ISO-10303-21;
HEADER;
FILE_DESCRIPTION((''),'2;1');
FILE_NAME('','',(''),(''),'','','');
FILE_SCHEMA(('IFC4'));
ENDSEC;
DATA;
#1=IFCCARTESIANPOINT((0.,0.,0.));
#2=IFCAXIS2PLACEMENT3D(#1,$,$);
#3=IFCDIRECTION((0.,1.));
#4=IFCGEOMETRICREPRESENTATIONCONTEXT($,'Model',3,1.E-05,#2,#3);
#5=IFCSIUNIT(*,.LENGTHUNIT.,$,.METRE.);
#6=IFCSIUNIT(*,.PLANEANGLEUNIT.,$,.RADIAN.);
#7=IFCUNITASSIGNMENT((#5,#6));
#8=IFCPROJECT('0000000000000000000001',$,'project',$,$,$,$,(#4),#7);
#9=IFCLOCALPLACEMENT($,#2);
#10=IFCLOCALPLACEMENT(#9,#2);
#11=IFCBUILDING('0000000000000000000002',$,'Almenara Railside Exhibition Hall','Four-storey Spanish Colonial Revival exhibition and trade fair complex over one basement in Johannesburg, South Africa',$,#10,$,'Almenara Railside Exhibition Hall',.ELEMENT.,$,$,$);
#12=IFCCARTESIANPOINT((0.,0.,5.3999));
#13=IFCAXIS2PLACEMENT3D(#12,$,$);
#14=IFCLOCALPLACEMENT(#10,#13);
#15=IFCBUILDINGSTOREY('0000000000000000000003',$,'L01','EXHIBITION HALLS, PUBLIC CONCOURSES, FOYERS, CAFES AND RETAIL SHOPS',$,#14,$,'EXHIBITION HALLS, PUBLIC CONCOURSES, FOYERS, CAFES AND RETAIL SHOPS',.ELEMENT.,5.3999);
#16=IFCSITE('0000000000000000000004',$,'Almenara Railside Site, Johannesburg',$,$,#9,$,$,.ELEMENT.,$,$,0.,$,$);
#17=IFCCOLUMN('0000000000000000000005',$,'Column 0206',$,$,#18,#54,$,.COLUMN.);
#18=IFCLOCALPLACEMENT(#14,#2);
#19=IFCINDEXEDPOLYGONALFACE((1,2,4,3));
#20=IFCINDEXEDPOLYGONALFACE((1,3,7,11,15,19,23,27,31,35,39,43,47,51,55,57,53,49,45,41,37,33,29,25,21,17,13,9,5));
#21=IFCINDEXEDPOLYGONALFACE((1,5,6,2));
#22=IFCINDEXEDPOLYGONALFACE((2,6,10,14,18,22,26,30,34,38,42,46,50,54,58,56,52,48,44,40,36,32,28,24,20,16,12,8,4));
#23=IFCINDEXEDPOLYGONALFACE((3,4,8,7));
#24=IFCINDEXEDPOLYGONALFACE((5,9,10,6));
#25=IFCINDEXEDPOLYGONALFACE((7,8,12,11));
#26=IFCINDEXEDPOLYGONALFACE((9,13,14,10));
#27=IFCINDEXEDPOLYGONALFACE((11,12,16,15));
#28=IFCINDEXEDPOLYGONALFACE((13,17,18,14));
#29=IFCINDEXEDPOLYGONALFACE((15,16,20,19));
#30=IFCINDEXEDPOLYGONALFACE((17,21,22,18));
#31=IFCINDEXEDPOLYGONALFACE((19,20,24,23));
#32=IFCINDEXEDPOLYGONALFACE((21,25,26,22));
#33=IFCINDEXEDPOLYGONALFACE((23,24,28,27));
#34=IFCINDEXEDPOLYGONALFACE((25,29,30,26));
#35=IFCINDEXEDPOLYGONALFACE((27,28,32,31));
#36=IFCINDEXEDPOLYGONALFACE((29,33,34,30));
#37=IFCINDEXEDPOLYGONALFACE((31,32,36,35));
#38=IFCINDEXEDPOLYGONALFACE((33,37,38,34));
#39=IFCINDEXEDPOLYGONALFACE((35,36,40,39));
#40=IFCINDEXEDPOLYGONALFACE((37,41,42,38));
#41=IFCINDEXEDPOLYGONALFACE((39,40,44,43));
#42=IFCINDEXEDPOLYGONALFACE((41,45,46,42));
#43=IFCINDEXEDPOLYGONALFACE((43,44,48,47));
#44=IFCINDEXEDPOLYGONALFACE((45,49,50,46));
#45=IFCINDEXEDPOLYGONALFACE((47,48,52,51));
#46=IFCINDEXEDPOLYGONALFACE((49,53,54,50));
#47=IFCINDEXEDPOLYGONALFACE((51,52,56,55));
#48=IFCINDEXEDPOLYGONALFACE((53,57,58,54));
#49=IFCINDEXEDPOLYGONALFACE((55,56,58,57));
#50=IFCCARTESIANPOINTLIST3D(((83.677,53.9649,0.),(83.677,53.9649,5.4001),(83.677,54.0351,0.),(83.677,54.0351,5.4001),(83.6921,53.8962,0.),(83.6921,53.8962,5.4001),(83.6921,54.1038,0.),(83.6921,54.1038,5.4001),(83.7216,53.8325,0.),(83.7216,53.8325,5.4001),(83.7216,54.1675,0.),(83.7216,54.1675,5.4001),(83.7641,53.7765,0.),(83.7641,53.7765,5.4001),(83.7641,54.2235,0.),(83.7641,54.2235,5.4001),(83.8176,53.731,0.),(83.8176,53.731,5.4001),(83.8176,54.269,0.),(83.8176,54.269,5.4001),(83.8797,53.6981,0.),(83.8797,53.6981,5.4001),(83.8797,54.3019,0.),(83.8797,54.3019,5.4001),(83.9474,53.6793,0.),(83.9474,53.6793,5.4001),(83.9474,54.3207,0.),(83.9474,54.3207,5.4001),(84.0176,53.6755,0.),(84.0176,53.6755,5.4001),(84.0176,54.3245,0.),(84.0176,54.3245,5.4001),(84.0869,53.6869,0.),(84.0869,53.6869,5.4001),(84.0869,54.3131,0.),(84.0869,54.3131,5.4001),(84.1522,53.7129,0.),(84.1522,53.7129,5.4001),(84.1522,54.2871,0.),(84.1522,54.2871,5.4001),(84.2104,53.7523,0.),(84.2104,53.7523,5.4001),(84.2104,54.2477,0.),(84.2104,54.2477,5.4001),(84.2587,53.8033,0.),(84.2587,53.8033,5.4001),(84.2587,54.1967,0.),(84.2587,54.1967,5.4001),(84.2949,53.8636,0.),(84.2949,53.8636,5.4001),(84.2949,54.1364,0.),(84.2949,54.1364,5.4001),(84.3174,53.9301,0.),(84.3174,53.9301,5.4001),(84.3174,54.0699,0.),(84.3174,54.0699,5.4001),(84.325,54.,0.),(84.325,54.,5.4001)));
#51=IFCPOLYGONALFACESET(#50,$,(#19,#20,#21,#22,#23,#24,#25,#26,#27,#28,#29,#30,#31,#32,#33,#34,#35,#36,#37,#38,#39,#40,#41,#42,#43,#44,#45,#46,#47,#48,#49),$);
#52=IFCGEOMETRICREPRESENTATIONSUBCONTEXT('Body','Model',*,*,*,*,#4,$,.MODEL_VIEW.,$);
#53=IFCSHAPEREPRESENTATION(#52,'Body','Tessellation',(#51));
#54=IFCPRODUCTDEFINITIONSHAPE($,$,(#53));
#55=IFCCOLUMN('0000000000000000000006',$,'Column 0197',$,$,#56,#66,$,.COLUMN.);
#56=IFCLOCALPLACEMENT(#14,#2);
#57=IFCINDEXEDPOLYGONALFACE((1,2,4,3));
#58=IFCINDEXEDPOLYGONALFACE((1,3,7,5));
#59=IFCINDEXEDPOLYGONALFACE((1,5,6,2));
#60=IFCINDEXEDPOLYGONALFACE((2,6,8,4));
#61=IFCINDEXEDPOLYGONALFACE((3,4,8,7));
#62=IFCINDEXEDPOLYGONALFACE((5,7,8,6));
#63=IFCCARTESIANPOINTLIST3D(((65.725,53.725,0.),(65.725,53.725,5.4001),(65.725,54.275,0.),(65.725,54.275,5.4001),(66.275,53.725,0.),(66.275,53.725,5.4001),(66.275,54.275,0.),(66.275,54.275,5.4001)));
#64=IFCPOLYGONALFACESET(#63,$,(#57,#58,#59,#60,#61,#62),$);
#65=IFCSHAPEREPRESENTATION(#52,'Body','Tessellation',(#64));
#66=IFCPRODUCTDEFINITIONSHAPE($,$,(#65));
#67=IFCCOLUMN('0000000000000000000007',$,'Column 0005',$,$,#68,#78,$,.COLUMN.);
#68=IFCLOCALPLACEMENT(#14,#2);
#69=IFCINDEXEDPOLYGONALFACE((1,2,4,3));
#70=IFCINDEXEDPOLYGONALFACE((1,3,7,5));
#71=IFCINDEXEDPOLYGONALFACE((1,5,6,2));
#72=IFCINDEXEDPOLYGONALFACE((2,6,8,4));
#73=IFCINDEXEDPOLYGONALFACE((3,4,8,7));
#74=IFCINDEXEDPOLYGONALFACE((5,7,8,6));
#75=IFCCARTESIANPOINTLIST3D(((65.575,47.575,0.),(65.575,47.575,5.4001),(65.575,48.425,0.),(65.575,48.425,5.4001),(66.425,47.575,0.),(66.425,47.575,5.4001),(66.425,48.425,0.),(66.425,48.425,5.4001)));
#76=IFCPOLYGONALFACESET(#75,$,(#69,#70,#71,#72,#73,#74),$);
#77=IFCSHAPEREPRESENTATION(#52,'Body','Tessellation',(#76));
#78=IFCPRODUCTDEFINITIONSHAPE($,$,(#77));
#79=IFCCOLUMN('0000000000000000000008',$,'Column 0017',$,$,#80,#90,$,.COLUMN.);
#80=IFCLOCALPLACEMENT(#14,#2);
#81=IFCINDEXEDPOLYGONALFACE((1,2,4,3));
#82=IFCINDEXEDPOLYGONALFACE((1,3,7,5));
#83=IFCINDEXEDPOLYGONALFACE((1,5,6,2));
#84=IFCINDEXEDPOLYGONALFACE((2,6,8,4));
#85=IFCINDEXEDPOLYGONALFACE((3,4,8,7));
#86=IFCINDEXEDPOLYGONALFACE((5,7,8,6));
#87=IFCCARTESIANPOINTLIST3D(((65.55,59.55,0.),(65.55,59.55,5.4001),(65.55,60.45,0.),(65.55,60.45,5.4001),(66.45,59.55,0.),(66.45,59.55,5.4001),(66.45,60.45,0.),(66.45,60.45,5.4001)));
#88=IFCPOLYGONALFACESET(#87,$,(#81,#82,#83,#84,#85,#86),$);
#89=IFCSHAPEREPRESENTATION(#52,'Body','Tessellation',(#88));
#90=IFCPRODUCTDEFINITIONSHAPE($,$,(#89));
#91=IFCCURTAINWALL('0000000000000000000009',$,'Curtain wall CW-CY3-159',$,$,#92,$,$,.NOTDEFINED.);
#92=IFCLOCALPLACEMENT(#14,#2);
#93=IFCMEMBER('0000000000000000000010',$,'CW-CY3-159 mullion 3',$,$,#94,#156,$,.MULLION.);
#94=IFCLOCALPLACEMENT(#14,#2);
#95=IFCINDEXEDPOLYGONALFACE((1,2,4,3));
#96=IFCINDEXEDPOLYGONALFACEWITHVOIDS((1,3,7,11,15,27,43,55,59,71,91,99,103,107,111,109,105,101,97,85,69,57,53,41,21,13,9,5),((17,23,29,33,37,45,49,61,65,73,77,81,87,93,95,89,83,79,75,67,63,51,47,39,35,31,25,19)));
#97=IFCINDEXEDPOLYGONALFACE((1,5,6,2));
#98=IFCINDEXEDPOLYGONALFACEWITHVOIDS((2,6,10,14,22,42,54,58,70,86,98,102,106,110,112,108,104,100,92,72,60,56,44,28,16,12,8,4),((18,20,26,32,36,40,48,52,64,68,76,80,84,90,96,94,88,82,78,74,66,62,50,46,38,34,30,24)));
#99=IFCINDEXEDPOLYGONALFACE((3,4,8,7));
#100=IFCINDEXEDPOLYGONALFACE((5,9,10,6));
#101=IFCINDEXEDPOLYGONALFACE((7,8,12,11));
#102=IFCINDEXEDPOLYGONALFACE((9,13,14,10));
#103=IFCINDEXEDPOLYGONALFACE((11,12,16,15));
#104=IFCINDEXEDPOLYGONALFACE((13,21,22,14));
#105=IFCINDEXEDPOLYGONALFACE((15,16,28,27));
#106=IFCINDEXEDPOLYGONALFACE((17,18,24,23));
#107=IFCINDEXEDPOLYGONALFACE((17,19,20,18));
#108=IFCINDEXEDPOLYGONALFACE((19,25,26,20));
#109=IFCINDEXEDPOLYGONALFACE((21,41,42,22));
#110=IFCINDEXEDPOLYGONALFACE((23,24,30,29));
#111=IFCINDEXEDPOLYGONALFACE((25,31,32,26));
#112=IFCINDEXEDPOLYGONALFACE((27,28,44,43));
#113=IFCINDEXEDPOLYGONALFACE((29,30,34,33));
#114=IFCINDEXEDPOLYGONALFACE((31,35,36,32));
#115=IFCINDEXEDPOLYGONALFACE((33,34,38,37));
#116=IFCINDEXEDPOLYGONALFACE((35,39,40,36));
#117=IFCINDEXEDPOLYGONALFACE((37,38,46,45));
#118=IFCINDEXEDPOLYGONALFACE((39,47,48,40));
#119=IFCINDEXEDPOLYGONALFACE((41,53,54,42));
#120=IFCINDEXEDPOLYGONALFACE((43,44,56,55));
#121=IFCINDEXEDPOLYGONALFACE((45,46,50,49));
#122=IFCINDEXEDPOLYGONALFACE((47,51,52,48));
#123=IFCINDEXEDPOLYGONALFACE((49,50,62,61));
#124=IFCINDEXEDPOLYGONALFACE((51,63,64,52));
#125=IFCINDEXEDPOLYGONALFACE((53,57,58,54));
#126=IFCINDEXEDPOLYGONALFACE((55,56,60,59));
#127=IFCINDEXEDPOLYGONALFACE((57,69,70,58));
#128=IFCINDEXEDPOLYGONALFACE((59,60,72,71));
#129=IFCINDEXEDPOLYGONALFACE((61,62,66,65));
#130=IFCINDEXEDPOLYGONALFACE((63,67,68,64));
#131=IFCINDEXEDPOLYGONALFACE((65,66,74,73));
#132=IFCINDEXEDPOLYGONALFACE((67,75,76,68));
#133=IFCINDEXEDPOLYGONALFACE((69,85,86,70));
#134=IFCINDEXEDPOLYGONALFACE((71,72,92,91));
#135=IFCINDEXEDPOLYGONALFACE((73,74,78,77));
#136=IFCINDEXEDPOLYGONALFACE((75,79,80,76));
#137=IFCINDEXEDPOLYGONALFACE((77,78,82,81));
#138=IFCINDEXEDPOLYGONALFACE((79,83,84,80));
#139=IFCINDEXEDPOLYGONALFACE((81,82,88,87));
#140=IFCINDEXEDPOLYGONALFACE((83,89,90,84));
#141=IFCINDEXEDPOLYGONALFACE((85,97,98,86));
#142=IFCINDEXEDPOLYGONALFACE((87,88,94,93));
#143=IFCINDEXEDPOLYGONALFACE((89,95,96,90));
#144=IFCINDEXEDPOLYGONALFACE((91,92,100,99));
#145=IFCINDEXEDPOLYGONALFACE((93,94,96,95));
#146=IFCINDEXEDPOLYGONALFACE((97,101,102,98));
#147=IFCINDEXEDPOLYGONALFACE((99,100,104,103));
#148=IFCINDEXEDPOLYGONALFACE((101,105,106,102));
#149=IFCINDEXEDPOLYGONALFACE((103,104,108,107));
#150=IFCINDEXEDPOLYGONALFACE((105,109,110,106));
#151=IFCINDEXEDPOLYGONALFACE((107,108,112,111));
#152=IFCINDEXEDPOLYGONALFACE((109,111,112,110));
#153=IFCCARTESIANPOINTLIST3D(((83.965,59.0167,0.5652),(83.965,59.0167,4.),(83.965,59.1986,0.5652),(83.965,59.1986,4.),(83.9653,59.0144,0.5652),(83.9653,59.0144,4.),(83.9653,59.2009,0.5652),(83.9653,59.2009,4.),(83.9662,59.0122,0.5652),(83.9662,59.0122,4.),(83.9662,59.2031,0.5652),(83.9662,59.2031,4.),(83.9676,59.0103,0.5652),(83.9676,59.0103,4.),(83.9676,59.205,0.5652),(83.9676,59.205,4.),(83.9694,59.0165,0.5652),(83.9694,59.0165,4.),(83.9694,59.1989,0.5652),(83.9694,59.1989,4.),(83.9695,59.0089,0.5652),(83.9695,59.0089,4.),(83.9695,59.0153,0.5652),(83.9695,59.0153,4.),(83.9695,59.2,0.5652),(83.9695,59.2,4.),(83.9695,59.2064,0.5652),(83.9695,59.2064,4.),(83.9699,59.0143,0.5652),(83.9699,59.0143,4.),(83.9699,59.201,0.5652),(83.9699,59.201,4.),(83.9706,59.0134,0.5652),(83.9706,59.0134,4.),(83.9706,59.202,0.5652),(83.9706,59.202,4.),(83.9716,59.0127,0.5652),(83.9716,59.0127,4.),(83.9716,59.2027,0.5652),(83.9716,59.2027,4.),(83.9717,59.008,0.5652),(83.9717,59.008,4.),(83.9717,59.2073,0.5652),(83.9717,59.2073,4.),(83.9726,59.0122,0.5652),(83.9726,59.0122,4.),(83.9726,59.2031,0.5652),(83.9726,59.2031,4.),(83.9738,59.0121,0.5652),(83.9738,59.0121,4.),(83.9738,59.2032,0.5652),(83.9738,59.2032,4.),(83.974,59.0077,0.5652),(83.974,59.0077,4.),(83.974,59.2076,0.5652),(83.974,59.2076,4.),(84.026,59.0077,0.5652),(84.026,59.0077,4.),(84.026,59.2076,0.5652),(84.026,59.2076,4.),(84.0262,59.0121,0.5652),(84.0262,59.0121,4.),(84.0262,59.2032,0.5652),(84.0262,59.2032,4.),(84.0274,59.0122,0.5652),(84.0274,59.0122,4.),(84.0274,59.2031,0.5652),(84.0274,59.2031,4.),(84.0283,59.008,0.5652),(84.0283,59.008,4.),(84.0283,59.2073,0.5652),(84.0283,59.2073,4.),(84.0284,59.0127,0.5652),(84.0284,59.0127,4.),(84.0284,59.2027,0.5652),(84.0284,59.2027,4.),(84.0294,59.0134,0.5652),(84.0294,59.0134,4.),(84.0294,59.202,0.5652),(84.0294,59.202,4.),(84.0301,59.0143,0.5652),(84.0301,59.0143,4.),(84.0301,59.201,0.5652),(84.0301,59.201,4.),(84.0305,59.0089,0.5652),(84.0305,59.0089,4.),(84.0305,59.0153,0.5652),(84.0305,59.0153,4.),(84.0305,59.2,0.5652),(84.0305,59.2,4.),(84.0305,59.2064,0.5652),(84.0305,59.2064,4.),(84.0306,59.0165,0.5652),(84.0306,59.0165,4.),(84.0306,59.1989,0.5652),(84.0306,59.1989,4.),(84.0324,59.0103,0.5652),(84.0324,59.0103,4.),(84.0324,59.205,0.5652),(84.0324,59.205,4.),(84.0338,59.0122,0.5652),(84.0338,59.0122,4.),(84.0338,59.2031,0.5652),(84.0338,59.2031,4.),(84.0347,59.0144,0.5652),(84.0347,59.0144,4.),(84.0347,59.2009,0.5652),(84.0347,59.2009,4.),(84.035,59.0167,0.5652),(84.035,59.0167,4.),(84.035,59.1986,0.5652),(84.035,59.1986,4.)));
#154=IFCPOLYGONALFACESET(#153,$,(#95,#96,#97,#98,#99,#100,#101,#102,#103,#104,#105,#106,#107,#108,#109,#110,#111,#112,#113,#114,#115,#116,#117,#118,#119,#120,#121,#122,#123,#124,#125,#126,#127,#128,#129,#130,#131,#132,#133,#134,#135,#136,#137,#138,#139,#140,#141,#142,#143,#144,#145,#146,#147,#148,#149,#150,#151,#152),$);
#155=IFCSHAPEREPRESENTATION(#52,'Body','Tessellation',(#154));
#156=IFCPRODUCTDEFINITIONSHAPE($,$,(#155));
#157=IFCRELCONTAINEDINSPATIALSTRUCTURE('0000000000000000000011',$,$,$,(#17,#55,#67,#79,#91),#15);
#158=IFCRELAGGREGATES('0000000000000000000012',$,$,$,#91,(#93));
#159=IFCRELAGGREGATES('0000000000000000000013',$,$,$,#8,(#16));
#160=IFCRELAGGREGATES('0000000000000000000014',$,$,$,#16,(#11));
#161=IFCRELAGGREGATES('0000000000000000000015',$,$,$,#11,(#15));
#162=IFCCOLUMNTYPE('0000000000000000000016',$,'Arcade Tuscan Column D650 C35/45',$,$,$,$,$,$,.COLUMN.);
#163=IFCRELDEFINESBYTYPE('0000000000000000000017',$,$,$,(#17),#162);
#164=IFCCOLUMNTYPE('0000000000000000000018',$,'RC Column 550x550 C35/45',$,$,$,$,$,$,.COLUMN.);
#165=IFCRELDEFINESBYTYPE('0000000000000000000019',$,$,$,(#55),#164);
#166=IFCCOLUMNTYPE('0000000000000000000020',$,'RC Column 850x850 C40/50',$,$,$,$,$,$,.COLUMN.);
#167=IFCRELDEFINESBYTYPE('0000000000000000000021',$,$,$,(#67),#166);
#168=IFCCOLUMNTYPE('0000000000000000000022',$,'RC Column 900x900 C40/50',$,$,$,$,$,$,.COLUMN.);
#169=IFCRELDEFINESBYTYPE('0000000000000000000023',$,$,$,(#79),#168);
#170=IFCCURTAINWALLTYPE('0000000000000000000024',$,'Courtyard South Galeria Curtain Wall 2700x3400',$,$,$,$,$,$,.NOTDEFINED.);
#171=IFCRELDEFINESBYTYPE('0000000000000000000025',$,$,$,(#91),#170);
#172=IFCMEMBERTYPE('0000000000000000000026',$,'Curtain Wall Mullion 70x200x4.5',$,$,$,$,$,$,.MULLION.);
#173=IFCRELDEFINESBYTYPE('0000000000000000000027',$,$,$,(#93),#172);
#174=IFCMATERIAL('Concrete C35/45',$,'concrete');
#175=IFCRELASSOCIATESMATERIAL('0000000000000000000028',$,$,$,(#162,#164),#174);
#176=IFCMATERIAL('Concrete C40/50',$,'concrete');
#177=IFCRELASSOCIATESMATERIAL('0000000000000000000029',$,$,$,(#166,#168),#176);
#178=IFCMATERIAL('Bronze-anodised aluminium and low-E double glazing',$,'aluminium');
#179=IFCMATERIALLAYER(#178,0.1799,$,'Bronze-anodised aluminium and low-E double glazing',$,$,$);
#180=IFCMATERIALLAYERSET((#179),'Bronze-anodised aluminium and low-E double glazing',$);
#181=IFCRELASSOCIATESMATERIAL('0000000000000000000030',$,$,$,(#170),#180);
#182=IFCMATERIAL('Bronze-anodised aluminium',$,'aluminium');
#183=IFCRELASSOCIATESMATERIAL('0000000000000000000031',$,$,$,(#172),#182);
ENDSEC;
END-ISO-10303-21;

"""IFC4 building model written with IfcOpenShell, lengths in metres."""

from ifc_helpers import new_model, si_unit, direction, frame, origin, origin_2d, place, context, subcontext, project, spatial, rectangle, hollow_rectangle, circle, extrude, material, layer, layer_set, material_profile, profile_set, type_object, element, aggregate, save


model = new_model("IFC4")

# Units and contexts
model_context = context("Model", 3, precision=1e-05, world=origin(), true_north=direction((0.0, 1.0)))
body_context = subcontext(model_context, "Body", "Model", "MODEL_VIEW")
ifc_project = project(units=[si_unit("LENGTHUNIT", "METRE"), si_unit("PLANEANGLEUNIT", "RADIAN")], contexts=[model_context])

# Site, building, storey
site_placement = place(None, origin())
site = spatial("IfcSite", under=ifc_project, at=site_placement, Name="Almenara Railside Site, Johannesburg", CompositionType="ELEMENT", RefElevation=0.0)
building_placement = place(site_placement, origin())
building = spatial("IfcBuilding", under=site, at=building_placement, Name="Almenara Railside Exhibition Hall", Description="Four-storey Spanish Colonial Revival exhibition and trade fair complex over one basement in Johannesburg, South Africa", LongName="Almenara Railside Exhibition Hall", CompositionType="ELEMENT")
storey_placement = place(building_placement, frame((0.0, 0.0, 5.3999)))
storey = spatial("IfcBuildingStorey", under=building, at=storey_placement, Name="L01", Description="EXHIBITION HALLS, PUBLIC CONCOURSES, FOYERS, CAFES AND RETAIL SHOPS", LongName="EXHIBITION HALLS, PUBLIC CONCOURSES, FOYERS, CAFES AND RETAIL SHOPS", CompositionType="ELEMENT", Elevation=5.3999)

# Columns
ifc_material_1 = material(Name="Concrete C35/45", Category="concrete")
ifc_material_profile_1 = material_profile(ifc_material_1, circle(Radius=0.325, at=origin_2d()), Name="RC-COL D650")
ifc_profile_set_1 = profile_set([ifc_material_profile_1], Name="Concrete C35/45")
column_type_1 = type_object("IfcColumnType", Name="Arcade Tuscan Column D650 C35/45", PredefinedType="COLUMN", material=ifc_profile_set_1)
column_1_placement = place(storey_placement, frame((84.0, 54.0, 0.0), z_axis=(0.0, 0.0, 1.0), x_axis=(1.0, 0.0, 0.0)))
element("IfcColumn", 1, at=column_1_placement, inside=storey, type_object=column_type_1, Name="Column 0206", PredefinedType="COLUMN", context=body_context, shape_type="SweptSolid", body=[
    extrude(circle(Radius=0.325, at=origin_2d()), origin(), (0.0, 0.0, 1.0), 5.4001),
])
ifc_material_profile_2 = material_profile(ifc_material_1, rectangle(XDim=0.55, YDim=0.55, at=origin_2d()), Name="RC 550x550")
ifc_profile_set_2 = profile_set([ifc_material_profile_2], Name="Concrete C35/45")
column_type_2 = type_object("IfcColumnType", Name="RC Column 550x550 C35/45", PredefinedType="COLUMN", material=ifc_profile_set_2)
column_2_placement = place(storey_placement, frame((66.0, 54.0, 0.0), z_axis=(0.0, 0.0, 1.0), x_axis=(1.0, 0.0, 0.0)))
element("IfcColumn", 2, at=column_2_placement, inside=storey, type_object=column_type_2, Name="Column 0197", PredefinedType="COLUMN", context=body_context, shape_type="SweptSolid", body=[
    extrude(rectangle(XDim=0.55, YDim=0.55, at=origin_2d()), origin(), (0.0, 0.0, 1.0), 5.4001),
])
ifc_material_2 = material(Name="Concrete C40/50", Category="concrete")
ifc_material_profile_3 = material_profile(ifc_material_2, rectangle(XDim=0.8501, YDim=0.8501, at=origin_2d()), Name="RC 850x850")
ifc_profile_set_3 = profile_set([ifc_material_profile_3], Name="Concrete C40/50")
column_type_3 = type_object("IfcColumnType", Name="RC Column 850x850 C40/50", PredefinedType="COLUMN", material=ifc_profile_set_3)
column_3_placement = place(storey_placement, frame((66.0, 48.0, 0.0), z_axis=(0.0, 0.0, 1.0), x_axis=(1.0, 0.0, 0.0)))
element("IfcColumn", 3, at=column_3_placement, inside=storey, type_object=column_type_3, Name="Column 0005", PredefinedType="COLUMN", context=body_context, shape_type="SweptSolid", body=[
    extrude(rectangle(XDim=0.8501, YDim=0.8501, at=origin_2d()), origin(), (0.0, 0.0, 1.0), 5.4001),
])
ifc_material_profile_4 = material_profile(ifc_material_2, rectangle(XDim=0.8999, YDim=0.8999, at=origin_2d()), Name="RC 900x900")
ifc_profile_set_4 = profile_set([ifc_material_profile_4], Name="Concrete C40/50")
column_type_4 = type_object("IfcColumnType", Name="RC Column 900x900 C40/50", PredefinedType="COLUMN", material=ifc_profile_set_4)
column_4_placement = place(storey_placement, frame((66.0, 60.0, 0.0), z_axis=(0.0, 0.0, 1.0), x_axis=(1.0, 0.0, 0.0)))
element("IfcColumn", 4, at=column_4_placement, inside=storey, type_object=column_type_4, Name="Column 0017", PredefinedType="COLUMN", context=body_context, shape_type="SweptSolid", body=[
    extrude(rectangle(XDim=0.8999, YDim=0.8999, at=origin_2d()), origin(), (0.0, 0.0, 1.0), 5.4001),
])

# Curtain wall, member
ifc_material_3 = material(Name="Bronze-anodised aluminium and low-E double glazing", Category="aluminium")
ifc_layer_1 = layer(ifc_material_3, 0.1799, Name="Bronze-anodised aluminium and low-E double glazing")
ifc_layer_set_1 = layer_set([ifc_layer_1], Name="Bronze-anodised aluminium and low-E double glazing")
curtain_wall_type = type_object("IfcCurtainWallType", Name="Courtyard South Galeria Curtain Wall 2700x3400", PredefinedType="NOTDEFINED", material=ifc_layer_set_1)
curtain_wall_placement = place(storey_placement, origin())
curtain_wall = element("IfcCurtainWall", 5, at=curtain_wall_placement, inside=storey, type_object=curtain_wall_type, Name="Curtain wall CW-CY3-159", PredefinedType="NOTDEFINED")
ifc_material_4 = material(Name="Bronze-anodised aluminium", Category="aluminium")
ifc_material_profile_5 = material_profile(ifc_material_4, hollow_rectangle(XDim=0.0701, YDim=0.2, WallThickness=0.0044, InnerFilletRadius=0.0044, OuterFilletRadius=0.009, at=origin_2d()), Name="ALU-MUL 70x200x4.5")
ifc_profile_set_5 = profile_set([ifc_material_profile_5], Name="Bronze-anodised aluminium")
member_type_1 = type_object("IfcMemberType", Name="Curtain Wall Mullion 70x200x4.5", PredefinedType="MULLION", material=ifc_profile_set_5)
member_1_placement = place(storey_placement, frame((84.0, 59.1077, 0.5652), z_axis=(0.0, 0.0, 1.0), x_axis=(1.0, 0.0, 0.0)))
member_1 = element("IfcMember", 6, at=member_1_placement, type_object=member_type_1, Name="CW-CY3-159 mullion 3", PredefinedType="MULLION", context=body_context, shape_type="SweptSolid", body=[
    extrude(hollow_rectangle(XDim=0.0701, YDim=0.2, WallThickness=0.0044, InnerFilletRadius=0.0044, OuterFilletRadius=0.009, at=origin_2d()), origin(), (0.0, 0.0, 1.0), 3.4348),
])

aggregate(curtain_wall, [member_1])

save(model, "model.ifc")
